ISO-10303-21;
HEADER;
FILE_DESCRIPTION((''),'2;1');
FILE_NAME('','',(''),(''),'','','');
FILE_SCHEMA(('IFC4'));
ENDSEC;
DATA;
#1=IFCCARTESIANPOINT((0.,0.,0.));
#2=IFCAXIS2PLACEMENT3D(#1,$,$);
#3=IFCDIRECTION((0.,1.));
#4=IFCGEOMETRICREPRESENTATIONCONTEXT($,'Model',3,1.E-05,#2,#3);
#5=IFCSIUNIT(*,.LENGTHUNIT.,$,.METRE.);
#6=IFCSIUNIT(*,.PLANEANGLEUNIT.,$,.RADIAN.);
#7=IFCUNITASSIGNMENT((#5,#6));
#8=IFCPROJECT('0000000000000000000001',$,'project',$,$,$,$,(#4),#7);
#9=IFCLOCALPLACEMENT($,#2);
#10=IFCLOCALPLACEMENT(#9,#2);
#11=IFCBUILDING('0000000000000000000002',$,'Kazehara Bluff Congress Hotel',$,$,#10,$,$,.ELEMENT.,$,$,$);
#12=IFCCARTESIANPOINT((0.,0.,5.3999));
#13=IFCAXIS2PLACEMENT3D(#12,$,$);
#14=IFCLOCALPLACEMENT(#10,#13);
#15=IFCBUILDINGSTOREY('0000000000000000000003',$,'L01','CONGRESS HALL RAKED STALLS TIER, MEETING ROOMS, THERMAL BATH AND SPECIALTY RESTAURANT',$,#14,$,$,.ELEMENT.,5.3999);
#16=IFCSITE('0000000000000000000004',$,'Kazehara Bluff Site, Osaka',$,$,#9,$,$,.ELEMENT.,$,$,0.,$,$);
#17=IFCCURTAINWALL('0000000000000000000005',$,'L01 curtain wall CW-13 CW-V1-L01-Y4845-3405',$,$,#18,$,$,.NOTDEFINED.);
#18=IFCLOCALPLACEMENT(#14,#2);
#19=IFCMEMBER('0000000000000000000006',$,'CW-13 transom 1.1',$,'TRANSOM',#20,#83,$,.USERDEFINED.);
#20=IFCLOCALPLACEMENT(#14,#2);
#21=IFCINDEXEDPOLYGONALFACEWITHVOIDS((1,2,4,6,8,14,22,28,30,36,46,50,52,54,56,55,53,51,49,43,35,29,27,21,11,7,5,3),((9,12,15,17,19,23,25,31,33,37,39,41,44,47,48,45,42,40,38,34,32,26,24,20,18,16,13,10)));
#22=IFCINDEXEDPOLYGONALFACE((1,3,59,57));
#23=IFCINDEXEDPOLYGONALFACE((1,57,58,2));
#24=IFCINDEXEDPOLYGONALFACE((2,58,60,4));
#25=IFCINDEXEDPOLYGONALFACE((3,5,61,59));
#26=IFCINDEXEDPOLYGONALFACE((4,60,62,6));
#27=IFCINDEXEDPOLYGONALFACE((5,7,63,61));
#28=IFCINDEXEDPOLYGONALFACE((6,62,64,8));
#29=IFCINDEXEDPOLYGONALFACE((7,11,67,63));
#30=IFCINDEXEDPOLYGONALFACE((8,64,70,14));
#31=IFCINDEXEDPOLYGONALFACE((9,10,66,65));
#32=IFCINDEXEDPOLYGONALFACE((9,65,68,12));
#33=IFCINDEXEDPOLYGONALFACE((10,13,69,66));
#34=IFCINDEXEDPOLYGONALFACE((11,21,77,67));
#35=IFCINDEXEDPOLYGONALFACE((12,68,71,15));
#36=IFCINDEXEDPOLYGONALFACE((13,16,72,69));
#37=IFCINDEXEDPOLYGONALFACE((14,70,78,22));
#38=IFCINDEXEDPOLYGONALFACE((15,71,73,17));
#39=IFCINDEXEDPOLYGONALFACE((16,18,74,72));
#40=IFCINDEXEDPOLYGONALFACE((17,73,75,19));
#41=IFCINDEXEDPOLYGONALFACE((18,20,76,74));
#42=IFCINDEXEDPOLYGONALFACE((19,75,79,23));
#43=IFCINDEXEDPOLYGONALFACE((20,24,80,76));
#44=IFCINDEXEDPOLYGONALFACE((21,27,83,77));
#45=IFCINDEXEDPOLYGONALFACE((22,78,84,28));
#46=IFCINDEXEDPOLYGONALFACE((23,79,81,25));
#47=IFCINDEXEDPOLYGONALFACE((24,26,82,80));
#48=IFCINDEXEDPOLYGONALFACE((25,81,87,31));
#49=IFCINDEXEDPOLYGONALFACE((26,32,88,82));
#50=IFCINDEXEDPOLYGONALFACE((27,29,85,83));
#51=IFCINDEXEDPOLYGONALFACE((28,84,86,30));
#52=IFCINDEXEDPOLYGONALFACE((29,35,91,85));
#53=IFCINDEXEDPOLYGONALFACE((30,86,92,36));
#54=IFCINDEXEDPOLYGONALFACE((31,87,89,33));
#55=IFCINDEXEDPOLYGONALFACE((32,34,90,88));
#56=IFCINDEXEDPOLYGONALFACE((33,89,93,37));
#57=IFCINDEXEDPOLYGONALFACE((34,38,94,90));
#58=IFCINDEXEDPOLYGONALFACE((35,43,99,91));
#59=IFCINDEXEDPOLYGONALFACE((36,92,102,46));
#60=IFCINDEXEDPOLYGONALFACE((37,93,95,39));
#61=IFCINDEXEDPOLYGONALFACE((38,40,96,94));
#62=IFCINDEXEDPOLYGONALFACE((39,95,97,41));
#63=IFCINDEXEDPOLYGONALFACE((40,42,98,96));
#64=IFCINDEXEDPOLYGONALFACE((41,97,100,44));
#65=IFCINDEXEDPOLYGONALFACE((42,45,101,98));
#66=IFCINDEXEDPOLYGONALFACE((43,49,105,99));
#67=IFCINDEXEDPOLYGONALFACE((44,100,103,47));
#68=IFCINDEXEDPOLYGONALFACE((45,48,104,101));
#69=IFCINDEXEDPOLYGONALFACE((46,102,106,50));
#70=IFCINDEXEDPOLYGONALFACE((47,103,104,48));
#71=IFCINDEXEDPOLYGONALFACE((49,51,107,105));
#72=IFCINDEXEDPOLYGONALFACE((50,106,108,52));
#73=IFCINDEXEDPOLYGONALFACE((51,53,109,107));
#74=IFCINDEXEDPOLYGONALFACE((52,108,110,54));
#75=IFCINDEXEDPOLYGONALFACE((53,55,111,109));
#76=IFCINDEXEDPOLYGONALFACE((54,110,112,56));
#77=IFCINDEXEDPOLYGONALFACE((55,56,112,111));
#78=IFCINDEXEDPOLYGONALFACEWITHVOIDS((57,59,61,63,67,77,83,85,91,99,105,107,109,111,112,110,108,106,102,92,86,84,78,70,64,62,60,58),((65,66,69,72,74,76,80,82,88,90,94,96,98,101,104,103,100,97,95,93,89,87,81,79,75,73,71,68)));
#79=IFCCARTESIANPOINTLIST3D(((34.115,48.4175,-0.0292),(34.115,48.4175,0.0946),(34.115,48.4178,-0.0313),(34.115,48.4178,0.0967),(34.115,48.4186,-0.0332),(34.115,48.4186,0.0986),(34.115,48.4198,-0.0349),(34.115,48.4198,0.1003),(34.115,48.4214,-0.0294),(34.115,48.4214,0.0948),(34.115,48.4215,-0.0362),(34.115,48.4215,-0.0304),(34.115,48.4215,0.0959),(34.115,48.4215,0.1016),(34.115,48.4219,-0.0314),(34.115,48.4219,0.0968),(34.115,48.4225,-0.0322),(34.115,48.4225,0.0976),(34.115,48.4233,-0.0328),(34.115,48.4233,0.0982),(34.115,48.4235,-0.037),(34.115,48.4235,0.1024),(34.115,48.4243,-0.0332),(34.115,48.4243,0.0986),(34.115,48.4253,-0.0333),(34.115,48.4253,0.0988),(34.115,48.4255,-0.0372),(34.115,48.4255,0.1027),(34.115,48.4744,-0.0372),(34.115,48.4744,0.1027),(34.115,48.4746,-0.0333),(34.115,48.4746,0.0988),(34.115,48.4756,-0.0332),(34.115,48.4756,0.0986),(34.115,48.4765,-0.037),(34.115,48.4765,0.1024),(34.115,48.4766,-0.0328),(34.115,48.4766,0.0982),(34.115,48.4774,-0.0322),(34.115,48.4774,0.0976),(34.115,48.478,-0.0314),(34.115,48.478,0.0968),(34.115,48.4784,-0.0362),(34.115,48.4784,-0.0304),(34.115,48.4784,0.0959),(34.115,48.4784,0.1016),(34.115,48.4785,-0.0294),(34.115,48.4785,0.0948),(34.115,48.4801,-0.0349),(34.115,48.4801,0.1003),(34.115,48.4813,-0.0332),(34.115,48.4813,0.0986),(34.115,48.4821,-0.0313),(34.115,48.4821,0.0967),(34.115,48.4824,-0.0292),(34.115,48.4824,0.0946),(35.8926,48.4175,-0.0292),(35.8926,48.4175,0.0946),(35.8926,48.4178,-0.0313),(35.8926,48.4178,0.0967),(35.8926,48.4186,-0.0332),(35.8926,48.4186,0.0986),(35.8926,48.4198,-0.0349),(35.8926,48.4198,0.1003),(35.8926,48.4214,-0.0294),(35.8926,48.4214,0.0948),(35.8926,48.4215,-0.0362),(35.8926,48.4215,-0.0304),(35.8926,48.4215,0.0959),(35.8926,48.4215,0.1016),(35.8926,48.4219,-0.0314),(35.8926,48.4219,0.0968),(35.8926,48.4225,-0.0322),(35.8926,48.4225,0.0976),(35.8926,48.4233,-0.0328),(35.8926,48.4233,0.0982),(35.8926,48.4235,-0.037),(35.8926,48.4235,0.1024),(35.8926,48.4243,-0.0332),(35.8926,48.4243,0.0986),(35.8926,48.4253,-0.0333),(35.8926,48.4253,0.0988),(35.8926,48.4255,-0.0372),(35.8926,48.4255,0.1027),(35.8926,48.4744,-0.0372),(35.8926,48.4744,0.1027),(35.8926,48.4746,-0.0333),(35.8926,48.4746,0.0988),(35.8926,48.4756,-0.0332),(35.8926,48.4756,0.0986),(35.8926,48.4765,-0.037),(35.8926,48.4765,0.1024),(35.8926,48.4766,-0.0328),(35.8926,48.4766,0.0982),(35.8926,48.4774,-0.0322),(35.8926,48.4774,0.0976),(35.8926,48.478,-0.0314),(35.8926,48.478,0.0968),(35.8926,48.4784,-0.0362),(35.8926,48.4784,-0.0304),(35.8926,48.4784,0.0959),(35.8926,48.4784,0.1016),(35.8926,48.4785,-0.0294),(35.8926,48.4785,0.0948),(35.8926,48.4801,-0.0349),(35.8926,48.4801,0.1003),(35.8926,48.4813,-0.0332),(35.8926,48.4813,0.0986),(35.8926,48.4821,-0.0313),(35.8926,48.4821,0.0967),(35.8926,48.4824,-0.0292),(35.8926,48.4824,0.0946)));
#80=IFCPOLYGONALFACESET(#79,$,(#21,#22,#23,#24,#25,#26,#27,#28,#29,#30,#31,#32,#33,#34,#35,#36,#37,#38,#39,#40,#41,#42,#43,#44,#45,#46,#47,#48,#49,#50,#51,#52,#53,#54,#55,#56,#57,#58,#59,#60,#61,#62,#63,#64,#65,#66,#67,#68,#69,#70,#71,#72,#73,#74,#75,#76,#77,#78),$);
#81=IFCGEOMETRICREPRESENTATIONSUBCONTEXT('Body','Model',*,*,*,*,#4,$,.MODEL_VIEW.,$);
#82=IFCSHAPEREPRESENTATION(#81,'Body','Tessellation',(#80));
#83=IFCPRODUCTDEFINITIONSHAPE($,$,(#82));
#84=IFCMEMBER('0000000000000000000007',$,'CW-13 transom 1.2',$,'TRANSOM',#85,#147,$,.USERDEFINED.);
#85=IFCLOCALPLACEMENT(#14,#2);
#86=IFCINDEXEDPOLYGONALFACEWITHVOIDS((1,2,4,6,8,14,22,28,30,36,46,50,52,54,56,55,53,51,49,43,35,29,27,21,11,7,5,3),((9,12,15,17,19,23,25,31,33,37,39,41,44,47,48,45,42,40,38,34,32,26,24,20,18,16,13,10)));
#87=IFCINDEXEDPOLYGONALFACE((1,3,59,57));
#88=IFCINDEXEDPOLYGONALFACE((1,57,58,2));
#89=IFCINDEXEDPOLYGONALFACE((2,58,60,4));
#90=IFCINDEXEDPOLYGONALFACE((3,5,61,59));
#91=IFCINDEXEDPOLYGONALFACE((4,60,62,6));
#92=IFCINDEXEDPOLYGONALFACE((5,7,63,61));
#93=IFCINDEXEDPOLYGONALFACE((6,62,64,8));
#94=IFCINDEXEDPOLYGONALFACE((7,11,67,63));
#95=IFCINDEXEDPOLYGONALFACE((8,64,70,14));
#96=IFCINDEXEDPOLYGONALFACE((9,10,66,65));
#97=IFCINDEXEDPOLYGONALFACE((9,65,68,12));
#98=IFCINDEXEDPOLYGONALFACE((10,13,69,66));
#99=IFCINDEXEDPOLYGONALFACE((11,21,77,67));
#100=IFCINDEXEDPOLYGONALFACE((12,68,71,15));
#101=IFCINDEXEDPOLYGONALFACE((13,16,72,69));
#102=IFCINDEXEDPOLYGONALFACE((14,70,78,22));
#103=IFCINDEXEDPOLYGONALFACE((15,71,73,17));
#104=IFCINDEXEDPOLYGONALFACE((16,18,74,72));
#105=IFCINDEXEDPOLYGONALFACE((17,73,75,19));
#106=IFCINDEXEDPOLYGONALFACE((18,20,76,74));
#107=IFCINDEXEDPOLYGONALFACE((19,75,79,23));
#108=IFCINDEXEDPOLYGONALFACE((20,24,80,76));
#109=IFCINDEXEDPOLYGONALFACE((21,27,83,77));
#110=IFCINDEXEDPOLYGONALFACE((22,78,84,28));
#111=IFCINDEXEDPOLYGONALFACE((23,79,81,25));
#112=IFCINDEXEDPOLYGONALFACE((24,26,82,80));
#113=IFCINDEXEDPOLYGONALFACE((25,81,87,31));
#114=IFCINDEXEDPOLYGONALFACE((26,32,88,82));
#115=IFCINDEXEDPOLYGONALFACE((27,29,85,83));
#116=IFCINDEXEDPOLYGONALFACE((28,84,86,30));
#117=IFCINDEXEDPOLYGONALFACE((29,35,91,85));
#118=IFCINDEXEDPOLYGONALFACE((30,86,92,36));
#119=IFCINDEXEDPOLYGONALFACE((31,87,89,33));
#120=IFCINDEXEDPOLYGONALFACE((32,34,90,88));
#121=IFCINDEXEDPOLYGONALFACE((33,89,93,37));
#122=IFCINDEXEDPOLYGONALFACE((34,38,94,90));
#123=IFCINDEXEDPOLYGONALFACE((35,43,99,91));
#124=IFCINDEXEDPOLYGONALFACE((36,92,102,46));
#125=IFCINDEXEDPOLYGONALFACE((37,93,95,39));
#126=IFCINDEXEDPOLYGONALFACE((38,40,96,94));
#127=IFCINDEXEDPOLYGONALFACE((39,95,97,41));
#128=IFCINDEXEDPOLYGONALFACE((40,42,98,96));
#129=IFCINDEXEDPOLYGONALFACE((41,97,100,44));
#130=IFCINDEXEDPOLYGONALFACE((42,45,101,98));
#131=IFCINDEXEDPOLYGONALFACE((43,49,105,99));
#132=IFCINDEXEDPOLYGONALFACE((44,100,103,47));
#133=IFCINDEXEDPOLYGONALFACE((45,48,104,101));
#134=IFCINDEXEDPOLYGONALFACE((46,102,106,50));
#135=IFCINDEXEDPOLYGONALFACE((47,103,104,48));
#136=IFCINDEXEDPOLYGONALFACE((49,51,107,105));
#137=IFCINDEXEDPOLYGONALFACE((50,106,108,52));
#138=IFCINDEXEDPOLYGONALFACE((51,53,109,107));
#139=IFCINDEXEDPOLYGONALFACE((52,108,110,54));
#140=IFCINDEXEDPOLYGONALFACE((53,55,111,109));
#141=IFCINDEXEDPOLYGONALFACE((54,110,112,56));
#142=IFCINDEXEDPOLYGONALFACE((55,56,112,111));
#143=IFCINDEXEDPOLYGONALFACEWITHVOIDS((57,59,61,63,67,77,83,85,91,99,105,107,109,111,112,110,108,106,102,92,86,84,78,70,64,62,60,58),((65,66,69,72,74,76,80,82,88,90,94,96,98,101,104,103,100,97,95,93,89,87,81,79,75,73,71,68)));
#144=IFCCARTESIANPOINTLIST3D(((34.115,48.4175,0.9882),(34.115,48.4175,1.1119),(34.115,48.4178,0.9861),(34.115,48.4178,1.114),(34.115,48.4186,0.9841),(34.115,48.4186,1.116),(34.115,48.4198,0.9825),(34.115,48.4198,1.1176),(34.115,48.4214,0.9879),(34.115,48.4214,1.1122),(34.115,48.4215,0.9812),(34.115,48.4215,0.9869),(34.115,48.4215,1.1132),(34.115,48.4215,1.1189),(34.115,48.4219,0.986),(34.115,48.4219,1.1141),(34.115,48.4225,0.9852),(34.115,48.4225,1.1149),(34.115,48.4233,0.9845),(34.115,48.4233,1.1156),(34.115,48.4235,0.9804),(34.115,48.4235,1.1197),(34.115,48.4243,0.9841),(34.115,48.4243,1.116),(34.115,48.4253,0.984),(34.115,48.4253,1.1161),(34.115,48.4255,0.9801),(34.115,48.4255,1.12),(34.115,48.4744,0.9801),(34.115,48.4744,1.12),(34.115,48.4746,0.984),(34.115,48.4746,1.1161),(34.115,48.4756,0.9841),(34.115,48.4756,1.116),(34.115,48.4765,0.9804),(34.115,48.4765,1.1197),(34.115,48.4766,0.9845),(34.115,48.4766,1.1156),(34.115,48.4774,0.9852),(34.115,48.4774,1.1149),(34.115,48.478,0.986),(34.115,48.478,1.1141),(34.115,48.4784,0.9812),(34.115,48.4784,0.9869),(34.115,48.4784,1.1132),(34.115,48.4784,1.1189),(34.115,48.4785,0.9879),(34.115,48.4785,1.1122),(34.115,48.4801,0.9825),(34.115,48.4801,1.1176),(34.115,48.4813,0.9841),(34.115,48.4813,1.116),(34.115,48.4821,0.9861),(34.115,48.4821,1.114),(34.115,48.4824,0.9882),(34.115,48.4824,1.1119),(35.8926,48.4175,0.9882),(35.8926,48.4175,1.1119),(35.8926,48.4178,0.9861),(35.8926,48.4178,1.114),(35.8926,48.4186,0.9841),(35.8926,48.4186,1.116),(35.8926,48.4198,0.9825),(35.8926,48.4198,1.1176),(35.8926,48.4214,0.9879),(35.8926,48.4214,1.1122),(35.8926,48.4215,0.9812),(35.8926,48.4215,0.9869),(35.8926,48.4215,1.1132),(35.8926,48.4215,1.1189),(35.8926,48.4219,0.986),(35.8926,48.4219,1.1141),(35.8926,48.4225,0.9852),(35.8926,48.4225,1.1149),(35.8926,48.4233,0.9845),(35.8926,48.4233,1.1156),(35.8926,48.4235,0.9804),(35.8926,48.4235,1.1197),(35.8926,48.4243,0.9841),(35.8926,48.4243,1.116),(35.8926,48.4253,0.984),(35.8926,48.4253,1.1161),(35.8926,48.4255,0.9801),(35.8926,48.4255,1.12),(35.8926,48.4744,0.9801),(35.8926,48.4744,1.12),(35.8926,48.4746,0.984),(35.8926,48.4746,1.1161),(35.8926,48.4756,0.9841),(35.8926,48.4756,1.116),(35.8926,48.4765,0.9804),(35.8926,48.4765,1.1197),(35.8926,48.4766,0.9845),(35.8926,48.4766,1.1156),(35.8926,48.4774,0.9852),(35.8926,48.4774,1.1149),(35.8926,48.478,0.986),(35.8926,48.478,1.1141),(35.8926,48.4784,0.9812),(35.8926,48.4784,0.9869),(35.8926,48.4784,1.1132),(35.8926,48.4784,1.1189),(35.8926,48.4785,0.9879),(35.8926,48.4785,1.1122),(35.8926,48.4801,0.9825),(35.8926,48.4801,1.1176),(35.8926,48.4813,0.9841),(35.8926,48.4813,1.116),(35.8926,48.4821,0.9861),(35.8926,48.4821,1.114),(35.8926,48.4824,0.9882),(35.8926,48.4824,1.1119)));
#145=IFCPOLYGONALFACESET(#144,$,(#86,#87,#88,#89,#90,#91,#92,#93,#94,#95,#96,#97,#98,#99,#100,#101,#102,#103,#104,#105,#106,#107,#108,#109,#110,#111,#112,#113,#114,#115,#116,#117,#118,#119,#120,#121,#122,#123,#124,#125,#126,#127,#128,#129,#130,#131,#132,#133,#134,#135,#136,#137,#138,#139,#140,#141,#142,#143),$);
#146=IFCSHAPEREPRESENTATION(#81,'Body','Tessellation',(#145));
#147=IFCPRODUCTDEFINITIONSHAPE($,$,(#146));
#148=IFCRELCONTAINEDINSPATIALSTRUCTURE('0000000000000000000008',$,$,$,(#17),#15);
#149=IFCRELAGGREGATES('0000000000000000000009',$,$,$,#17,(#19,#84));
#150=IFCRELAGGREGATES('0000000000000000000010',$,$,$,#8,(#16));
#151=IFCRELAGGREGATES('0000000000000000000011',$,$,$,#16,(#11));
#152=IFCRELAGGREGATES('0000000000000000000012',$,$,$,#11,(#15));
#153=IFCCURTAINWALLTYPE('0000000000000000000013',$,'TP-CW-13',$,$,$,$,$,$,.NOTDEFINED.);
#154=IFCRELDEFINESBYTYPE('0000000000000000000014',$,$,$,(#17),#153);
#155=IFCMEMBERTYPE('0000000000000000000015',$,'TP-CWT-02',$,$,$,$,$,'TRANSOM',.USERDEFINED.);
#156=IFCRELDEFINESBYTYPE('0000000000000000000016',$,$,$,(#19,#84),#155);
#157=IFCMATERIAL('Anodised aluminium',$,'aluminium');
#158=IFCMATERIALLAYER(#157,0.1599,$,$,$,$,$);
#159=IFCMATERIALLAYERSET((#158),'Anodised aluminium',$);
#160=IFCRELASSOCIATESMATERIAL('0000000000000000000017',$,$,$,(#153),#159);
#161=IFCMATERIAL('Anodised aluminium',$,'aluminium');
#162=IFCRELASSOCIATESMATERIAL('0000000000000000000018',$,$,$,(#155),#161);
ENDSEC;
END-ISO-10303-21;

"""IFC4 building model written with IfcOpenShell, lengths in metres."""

from ifc_helpers import new_model, si_unit, direction, frame, origin, origin_2d, place, context, subcontext, project, spatial, hollow_rectangle, extrude, material, layer, layer_set, material_profile, profile_set, type_object, element, aggregate, save


model = new_model("IFC4")

# Units and contexts
model_context = context("Model", 3, precision=1e-05, world=origin(), true_north=direction((0.0, 1.0)))
body_context = subcontext(model_context, "Body", "Model", "MODEL_VIEW")
ifc_project = project(units=[si_unit("LENGTHUNIT", "METRE"), si_unit("PLANEANGLEUNIT", "RADIAN")], contexts=[model_context])

# Site, building, storey
site_placement = place(None, origin())
site = spatial("IfcSite", under=ifc_project, at=site_placement, Name="Kazehara Bluff Site, Osaka", CompositionType="ELEMENT", RefElevation=0.0)
building_placement = place(site_placement, origin())
building = spatial("IfcBuilding", under=site, at=building_placement, Name="Kazehara Bluff Congress Hotel", CompositionType="ELEMENT")
storey_placement = place(building_placement, frame((0.0, 0.0, 5.3999)))
storey = spatial("IfcBuildingStorey", under=building, at=storey_placement, Name="L01", Description="CONGRESS HALL RAKED STALLS TIER, MEETING ROOMS, THERMAL BATH AND SPECIALTY RESTAURANT", CompositionType="ELEMENT", Elevation=5.3999)

# Curtain wall
ifc_material_1 = material(Name="Anodised aluminium", Category="aluminium")
ifc_layer_1 = layer(ifc_material_1, 0.1599)
ifc_layer_set_1 = layer_set([ifc_layer_1], Name="Anodised aluminium")
curtain_wall_type = type_object("IfcCurtainWallType", Name="TP-CW-13", PredefinedType="NOTDEFINED", material=ifc_layer_set_1)
curtain_wall_1_placement = place(storey_placement, origin())
curtain_wall_1 = element("IfcCurtainWall", 1, at=curtain_wall_1_placement, inside=storey, type_object=curtain_wall_type, Name="L01 curtain wall CW-13 CW-V1-L01-Y4845-3405", PredefinedType="NOTDEFINED")

# Members
ifc_material_2 = material(Name="Anodised aluminium", Category="aluminium")
ifc_material_profile_1 = material_profile(ifc_material_2, hollow_rectangle(XDim=0.0649, YDim=0.1399, WallThickness=0.0039, InnerFilletRadius=0.0039, OuterFilletRadius=0.0081, at=origin_2d()))
ifc_profile_set_1 = profile_set([ifc_material_profile_1], Name="Anodised aluminium")
member_type_1 = type_object("IfcMemberType", Name="TP-CWT-02", ElementType="TRANSOM", PredefinedType="USERDEFINED", material=ifc_profile_set_1)
member_1_placement = place(storey_placement, frame((34.115, 48.45, 0.0327), z_axis=(1.0, 0.0, 0.0), x_axis=(0.0, 1.0, 0.0)))
member_1 = element("IfcMember", 2, at=member_1_placement, type_object=member_type_1, Name="CW-13 transom 1.1", ObjectType="TRANSOM", PredefinedType="USERDEFINED", context=body_context, shape_type="SweptSolid", body=[
    extrude(hollow_rectangle(XDim=0.0649, YDim=0.1399, WallThickness=0.0039, InnerFilletRadius=0.0039, OuterFilletRadius=0.0081, at=origin_2d()), origin(), (0.0, 0.0, 1.0), 1.7776),
])
member_2_placement = place(storey_placement, frame((34.115, 48.45, 1.05), z_axis=(1.0, 0.0, 0.0), x_axis=(0.0, 1.0, 0.0)))
member_2 = element("IfcMember", 3, at=member_2_placement, type_object=member_type_1, Name="CW-13 transom 1.2", ObjectType="TRANSOM", PredefinedType="USERDEFINED", context=body_context, shape_type="SweptSolid", body=[
    extrude(hollow_rectangle(XDim=0.0649, YDim=0.1399, WallThickness=0.0039, InnerFilletRadius=0.0039, OuterFilletRadius=0.0081, at=origin_2d()), origin(), (0.0, 0.0, 1.0), 1.7776),
])

aggregate(curtain_wall_1, [member_1, member_2])

save(model, "model.ifc")
